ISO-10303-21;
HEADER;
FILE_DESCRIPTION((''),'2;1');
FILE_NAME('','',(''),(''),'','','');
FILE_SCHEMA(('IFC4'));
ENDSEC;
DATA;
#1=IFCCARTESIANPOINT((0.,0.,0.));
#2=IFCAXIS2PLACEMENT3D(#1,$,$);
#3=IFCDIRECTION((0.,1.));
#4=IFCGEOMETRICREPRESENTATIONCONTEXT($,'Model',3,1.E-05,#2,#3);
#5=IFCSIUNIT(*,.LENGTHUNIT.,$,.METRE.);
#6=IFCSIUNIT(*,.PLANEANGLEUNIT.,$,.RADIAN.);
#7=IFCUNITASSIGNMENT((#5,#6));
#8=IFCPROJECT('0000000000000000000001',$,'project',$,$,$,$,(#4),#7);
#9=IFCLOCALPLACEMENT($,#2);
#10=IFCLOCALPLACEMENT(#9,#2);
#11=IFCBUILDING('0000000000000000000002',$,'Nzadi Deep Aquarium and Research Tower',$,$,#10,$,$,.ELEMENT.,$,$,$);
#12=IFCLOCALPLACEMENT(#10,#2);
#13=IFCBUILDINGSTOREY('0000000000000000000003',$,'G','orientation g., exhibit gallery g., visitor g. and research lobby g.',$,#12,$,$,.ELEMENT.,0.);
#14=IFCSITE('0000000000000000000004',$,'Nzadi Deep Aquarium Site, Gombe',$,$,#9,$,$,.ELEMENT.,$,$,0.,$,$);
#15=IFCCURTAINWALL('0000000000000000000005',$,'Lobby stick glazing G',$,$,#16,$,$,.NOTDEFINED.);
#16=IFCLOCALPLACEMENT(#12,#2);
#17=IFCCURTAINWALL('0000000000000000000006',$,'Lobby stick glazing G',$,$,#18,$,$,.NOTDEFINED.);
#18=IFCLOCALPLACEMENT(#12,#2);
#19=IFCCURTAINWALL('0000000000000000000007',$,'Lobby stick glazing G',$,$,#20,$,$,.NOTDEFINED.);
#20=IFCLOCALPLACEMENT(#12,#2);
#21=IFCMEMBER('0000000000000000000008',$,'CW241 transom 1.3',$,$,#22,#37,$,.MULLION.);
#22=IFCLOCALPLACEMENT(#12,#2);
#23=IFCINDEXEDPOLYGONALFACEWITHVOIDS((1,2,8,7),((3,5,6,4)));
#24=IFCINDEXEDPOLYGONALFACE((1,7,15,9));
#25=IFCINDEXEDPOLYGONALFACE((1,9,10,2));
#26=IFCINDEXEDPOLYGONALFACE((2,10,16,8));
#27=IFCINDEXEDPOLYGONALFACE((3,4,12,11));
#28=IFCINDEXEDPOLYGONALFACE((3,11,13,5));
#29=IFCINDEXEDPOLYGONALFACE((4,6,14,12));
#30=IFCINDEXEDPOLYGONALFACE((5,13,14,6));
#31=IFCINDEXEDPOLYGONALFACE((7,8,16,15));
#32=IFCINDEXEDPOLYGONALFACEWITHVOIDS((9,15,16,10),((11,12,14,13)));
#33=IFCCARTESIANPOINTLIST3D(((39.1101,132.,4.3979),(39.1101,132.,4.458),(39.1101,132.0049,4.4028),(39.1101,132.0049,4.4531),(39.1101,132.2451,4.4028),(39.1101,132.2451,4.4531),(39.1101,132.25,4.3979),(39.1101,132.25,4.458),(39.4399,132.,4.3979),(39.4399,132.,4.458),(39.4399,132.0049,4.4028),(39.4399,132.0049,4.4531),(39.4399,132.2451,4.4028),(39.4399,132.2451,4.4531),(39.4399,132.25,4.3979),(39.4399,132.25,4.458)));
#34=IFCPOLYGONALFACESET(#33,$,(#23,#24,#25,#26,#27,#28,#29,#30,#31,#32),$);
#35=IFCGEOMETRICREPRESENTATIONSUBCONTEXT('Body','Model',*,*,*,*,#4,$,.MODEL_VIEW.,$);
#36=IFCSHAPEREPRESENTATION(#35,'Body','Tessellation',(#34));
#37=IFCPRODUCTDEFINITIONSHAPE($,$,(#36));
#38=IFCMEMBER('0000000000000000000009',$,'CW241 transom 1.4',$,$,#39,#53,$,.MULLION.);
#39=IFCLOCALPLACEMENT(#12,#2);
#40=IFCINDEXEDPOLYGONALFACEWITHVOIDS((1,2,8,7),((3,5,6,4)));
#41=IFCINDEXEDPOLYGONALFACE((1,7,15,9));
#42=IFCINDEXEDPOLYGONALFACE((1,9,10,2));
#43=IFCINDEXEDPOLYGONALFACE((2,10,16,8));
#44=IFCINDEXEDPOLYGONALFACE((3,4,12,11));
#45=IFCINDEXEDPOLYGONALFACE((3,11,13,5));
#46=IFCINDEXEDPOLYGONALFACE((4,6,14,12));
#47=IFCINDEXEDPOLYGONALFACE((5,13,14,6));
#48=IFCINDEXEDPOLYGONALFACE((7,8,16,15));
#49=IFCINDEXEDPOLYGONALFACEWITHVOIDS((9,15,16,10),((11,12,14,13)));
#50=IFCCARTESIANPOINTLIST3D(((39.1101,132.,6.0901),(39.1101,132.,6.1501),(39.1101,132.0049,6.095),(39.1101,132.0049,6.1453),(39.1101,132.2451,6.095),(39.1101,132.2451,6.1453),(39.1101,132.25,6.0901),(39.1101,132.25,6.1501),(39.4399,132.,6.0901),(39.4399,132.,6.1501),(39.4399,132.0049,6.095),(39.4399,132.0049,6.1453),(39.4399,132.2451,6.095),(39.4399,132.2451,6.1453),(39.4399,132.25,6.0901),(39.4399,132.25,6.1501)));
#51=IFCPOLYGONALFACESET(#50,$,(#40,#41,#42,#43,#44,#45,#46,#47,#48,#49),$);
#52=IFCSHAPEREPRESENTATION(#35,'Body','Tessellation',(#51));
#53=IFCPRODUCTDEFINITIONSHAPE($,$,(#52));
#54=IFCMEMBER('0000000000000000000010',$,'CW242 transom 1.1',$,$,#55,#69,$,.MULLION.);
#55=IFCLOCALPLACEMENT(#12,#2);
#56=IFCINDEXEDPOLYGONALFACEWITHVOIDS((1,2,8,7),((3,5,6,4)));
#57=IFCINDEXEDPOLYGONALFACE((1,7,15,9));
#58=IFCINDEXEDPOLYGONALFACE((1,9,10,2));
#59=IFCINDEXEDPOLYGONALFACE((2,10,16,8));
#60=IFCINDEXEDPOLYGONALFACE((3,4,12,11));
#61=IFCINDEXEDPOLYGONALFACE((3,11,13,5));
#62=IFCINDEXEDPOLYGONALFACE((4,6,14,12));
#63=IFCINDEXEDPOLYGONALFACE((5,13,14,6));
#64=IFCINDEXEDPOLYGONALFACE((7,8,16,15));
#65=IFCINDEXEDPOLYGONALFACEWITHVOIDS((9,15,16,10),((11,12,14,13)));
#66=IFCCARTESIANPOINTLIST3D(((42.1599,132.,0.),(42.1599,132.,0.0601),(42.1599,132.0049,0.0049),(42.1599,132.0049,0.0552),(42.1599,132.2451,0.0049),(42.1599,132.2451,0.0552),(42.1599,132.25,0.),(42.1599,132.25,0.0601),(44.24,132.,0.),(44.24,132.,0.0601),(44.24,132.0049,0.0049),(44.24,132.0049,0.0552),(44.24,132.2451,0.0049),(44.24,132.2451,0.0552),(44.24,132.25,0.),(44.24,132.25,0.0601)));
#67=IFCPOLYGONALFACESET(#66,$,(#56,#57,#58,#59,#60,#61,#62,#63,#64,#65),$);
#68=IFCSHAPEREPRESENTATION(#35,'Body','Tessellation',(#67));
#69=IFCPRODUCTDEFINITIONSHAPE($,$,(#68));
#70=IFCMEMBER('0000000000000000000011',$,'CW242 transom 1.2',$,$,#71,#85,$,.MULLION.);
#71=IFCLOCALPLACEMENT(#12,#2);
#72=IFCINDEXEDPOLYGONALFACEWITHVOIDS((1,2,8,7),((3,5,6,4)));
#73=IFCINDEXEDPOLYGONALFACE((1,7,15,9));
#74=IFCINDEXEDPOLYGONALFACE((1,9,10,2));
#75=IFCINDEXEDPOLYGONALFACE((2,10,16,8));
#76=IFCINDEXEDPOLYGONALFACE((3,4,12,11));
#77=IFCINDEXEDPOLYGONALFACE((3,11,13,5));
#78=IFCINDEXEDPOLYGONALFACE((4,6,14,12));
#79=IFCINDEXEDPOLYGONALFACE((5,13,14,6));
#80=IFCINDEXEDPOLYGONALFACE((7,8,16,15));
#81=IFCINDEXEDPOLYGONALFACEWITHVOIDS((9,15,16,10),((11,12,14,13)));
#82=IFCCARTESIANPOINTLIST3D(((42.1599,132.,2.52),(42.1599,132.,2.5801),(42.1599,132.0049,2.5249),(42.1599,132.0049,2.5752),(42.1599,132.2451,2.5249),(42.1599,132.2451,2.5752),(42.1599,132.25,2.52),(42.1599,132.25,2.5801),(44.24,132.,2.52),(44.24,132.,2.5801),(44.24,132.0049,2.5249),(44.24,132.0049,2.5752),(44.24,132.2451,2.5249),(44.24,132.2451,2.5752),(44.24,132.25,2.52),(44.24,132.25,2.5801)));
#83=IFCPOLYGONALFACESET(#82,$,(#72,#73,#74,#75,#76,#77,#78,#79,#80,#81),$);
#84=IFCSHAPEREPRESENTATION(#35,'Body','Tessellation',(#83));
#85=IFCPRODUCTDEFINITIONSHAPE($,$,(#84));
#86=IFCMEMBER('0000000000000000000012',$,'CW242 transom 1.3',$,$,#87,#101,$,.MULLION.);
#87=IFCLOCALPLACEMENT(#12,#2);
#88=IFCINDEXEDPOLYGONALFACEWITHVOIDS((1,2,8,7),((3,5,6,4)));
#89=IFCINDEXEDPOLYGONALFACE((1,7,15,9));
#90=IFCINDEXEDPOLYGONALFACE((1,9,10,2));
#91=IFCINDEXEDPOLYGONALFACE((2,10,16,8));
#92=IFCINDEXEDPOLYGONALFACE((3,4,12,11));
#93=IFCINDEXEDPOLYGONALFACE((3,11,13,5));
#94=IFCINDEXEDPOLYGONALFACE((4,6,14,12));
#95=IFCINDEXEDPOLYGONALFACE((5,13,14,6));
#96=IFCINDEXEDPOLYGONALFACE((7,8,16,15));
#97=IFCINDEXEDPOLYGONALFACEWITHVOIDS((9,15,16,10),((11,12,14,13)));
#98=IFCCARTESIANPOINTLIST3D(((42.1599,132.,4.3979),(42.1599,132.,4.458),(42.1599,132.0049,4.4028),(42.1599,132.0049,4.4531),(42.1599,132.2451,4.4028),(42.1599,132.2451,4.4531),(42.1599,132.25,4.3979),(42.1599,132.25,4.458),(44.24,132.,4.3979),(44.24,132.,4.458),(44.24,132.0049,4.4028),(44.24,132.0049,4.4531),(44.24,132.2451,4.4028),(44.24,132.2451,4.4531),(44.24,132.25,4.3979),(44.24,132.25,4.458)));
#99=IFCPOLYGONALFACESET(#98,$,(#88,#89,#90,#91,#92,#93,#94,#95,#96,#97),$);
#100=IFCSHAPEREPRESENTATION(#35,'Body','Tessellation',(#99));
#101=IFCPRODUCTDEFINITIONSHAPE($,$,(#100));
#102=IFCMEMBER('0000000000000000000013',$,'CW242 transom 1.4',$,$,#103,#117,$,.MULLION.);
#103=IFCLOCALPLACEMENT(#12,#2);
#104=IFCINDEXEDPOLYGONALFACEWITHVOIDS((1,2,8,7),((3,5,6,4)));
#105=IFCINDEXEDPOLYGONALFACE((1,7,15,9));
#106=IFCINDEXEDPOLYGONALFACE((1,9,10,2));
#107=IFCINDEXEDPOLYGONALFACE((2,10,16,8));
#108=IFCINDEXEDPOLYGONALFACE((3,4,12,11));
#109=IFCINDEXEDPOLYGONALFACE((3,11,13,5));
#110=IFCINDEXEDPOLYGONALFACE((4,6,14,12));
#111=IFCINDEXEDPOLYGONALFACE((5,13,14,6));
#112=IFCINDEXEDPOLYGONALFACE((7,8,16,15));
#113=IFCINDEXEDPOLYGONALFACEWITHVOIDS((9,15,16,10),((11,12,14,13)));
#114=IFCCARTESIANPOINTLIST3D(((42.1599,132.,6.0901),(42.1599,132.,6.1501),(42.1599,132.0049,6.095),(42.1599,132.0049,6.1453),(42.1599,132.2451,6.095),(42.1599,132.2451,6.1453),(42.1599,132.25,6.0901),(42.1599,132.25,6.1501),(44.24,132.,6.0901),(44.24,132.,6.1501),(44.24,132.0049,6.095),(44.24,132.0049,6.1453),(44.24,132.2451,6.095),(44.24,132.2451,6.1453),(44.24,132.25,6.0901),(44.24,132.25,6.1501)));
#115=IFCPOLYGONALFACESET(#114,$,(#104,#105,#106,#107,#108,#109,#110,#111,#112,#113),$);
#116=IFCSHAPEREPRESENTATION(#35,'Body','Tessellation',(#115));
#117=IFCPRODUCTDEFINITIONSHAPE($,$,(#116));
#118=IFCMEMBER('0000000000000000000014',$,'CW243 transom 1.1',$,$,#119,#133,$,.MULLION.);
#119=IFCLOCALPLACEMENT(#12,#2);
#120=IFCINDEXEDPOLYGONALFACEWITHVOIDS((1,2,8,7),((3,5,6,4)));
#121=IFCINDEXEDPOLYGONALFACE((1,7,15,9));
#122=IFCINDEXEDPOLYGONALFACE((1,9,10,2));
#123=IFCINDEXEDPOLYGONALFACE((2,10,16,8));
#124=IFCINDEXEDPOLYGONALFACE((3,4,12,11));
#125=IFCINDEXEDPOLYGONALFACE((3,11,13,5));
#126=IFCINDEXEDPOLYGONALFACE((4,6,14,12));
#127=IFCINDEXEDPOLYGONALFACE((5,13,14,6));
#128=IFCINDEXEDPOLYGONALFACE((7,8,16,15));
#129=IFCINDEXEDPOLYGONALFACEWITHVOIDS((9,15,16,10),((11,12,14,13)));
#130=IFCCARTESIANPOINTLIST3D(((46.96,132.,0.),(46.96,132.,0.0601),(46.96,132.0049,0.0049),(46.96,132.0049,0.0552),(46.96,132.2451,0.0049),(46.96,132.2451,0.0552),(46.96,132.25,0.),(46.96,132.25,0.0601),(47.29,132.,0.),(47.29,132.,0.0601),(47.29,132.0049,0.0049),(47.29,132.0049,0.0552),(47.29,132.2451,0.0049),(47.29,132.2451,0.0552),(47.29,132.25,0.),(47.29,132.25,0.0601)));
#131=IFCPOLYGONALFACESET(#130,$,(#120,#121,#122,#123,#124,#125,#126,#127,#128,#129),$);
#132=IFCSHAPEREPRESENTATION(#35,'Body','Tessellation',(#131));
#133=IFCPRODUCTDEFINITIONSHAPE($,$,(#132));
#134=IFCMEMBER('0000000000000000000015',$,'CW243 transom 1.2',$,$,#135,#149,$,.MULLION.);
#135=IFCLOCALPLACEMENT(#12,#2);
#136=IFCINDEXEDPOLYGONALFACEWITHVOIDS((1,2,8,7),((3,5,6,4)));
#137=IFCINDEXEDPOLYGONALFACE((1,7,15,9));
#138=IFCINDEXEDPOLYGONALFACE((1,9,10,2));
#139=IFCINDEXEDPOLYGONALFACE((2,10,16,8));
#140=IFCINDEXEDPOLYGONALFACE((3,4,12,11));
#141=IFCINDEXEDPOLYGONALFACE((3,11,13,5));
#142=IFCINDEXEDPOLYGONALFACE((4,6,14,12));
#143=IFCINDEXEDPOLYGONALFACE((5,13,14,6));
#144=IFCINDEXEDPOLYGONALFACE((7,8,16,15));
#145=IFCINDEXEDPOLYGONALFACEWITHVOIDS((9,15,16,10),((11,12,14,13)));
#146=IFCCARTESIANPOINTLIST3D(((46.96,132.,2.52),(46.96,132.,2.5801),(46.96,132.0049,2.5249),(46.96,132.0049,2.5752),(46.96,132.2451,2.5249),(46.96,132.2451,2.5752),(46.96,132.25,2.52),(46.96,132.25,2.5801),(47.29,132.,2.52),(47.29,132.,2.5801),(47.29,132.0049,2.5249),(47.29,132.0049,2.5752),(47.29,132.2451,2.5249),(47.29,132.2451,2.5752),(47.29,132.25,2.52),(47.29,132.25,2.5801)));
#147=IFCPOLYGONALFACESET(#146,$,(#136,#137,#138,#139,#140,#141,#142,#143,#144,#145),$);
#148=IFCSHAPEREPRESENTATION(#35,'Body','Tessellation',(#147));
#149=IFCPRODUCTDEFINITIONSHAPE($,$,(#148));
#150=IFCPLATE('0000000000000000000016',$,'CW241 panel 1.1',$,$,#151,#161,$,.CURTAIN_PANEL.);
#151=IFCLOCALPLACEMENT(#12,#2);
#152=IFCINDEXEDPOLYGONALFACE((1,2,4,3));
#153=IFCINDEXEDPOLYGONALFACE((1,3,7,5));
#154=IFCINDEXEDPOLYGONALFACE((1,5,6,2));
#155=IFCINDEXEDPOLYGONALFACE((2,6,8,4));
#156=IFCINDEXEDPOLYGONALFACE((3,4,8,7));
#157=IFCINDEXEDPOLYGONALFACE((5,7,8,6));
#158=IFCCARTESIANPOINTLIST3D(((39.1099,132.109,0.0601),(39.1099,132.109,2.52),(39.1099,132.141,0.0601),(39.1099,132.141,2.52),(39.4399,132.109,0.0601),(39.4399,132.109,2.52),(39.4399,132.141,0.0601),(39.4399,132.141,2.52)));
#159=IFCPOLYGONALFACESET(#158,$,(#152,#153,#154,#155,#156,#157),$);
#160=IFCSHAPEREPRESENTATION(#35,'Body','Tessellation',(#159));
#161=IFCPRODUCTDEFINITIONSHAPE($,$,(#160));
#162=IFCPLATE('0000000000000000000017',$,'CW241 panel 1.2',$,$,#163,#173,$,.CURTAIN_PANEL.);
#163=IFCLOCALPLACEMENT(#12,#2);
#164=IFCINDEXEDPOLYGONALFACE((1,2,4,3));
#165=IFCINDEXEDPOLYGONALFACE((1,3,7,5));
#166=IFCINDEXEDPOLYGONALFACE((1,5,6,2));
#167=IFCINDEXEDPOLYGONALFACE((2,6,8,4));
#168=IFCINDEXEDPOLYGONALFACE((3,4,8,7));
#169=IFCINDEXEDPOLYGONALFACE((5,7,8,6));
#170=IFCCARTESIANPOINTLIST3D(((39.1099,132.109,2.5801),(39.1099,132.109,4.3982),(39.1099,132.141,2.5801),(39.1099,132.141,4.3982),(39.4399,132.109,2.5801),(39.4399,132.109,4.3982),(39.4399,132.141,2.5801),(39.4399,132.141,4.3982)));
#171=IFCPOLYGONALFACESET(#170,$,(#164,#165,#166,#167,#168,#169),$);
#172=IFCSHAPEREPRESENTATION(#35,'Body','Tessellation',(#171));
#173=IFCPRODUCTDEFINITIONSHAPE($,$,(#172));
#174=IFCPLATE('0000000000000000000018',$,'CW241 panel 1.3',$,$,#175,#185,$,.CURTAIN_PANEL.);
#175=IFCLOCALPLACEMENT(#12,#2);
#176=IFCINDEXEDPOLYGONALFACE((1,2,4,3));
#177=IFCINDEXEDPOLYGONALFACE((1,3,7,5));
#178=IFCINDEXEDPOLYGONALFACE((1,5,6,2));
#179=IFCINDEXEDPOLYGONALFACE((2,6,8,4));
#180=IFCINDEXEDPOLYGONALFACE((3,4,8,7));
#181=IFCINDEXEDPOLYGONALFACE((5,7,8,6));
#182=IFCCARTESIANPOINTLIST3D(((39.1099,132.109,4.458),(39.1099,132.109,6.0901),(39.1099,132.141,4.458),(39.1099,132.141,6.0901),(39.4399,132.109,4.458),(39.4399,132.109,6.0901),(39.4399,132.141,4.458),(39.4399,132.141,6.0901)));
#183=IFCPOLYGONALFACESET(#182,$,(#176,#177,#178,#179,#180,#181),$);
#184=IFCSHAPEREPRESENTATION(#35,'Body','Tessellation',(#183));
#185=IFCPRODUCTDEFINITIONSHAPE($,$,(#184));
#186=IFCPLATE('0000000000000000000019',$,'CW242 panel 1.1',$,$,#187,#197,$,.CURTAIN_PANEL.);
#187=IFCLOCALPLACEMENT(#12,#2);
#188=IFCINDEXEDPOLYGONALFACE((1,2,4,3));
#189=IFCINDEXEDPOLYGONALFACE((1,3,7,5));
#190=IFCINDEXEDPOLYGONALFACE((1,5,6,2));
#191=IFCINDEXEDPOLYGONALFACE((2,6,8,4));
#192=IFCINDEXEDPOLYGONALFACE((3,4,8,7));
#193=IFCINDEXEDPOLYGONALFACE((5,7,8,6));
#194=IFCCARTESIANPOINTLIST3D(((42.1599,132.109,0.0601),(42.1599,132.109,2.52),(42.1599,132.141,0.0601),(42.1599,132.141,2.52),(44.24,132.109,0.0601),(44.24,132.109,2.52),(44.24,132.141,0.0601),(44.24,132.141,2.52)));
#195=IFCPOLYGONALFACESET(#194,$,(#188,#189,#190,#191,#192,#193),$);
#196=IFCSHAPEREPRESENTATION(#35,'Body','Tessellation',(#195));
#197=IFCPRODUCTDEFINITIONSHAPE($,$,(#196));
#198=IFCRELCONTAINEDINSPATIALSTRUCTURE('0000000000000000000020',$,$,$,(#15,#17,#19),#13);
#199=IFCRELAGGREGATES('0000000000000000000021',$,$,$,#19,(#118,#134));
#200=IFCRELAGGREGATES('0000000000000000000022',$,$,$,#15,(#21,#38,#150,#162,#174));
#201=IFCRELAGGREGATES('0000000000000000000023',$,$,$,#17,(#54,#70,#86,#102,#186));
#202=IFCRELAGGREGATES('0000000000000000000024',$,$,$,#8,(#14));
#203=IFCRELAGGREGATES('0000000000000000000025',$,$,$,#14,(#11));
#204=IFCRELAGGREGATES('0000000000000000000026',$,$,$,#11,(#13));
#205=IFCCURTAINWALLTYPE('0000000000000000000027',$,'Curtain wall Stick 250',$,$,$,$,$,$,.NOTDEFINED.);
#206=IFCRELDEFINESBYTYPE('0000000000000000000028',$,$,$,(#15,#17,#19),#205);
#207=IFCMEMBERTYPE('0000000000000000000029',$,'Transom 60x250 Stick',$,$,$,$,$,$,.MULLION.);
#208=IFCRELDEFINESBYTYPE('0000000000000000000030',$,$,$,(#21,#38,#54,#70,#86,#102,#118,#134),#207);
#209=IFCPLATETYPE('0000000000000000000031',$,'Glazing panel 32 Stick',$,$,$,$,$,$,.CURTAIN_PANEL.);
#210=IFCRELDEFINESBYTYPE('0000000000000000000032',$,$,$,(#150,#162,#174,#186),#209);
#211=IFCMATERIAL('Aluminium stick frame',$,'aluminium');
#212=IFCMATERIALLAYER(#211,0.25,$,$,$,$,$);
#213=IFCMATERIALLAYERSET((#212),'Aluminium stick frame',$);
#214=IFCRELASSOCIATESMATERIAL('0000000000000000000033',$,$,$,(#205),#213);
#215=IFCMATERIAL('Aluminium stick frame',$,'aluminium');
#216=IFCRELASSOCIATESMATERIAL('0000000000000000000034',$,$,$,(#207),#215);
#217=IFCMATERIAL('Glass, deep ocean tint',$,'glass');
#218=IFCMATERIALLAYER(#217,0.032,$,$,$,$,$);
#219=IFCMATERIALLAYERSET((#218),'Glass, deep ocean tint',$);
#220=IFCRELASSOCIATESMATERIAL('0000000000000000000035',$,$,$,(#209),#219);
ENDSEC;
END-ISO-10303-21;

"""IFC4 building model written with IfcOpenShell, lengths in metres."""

from ifc_helpers import new_model, si_unit, direction, frame, origin, origin_2d, place, context, subcontext, project, spatial, rectangle, hollow_rectangle, extrude, material, layer, layer_set, material_profile, profile_set, type_object, element, aggregate, save


model = new_model("IFC4")

# Units and contexts
model_context = context("Model", 3, precision=1e-05, world=origin(), true_north=direction((0.0, 1.0)))
body_context = subcontext(model_context, "Body", "Model", "MODEL_VIEW")
ifc_project = project(units=[si_unit("LENGTHUNIT", "METRE"), si_unit("PLANEANGLEUNIT", "RADIAN")], contexts=[model_context])

# Site, building, storey
site_placement = place(None, origin())
site = spatial("IfcSite", under=ifc_project, at=site_placement, Name="Nzadi Deep Aquarium Site, Gombe", CompositionType="ELEMENT", RefElevation=0.0)
building_placement = place(site_placement, origin())
building = spatial("IfcBuilding", under=site, at=building_placement, Name="Nzadi Deep Aquarium and Research Tower", CompositionType="ELEMENT")
storey_placement = place(building_placement, origin())
storey = spatial("IfcBuildingStorey", under=building, at=storey_placement, Name="G", Description="orientation g., exhibit gallery g., visitor g. and research lobby g.", CompositionType="ELEMENT", Elevation=0.0)

# Curtain walls
ifc_material_1 = material(Name="Aluminium stick frame", Category="aluminium")
ifc_layer_1 = layer(ifc_material_1, 0.25)
ifc_layer_set_1 = layer_set([ifc_layer_1], Name="Aluminium stick frame")
curtain_wall_type = type_object("IfcCurtainWallType", Name="Curtain wall Stick 250", PredefinedType="NOTDEFINED", material=ifc_layer_set_1)
curtain_wall_1_placement = place(storey_placement, origin())
curtain_wall_1 = element("IfcCurtainWall", 1, at=curtain_wall_1_placement, inside=storey, type_object=curtain_wall_type, Name="Lobby stick glazing G", PredefinedType="NOTDEFINED")
curtain_wall_2_placement = place(storey_placement, origin())
curtain_wall_2 = element("IfcCurtainWall", 2, at=curtain_wall_2_placement, inside=storey, type_object=curtain_wall_type, Name="Lobby stick glazing G", PredefinedType="NOTDEFINED")

# Curtain wall
curtain_wall_3_placement = place(storey_placement, origin())
curtain_wall_3 = element("IfcCurtainWall", 3, at=curtain_wall_3_placement, inside=storey, type_object=curtain_wall_type, Name="Lobby stick glazing G", PredefinedType="NOTDEFINED")

# Members
ifc_material_2 = material(Name="Aluminium stick frame", Category="aluminium")
ifc_material_profile_1 = material_profile(ifc_material_2, hollow_rectangle(XDim=0.25, YDim=0.0601, WallThickness=0.0049, at=origin_2d()))
ifc_profile_set_1 = profile_set([ifc_material_profile_1], Name="Aluminium stick frame")
member_type_1 = type_object("IfcMemberType", Name="Transom 60x250 Stick", PredefinedType="MULLION", material=ifc_profile_set_1)
member_1_placement = place(storey_placement, frame((39.1101, 132.125, 4.428), z_axis=(1.0, 0.0, 0.0), x_axis=(0.0, 1.0, 0.0)))
member_1 = element("IfcMember", 4, at=member_1_placement, type_object=member_type_1, Name="CW241 transom 1.3", PredefinedType="MULLION", context=body_context, shape_type="SweptSolid", body=[
    extrude(hollow_rectangle(XDim=0.25, YDim=0.0601, WallThickness=0.0049, at=origin_2d()), origin(), (0.0, 0.0, 1.0), 0.3298),
])
member_2_placement = place(storey_placement, frame((39.1101, 132.125, 6.1201), z_axis=(1.0, 0.0, 0.0), x_axis=(0.0, 1.0, 0.0)))
member_2 = element("IfcMember", 5, at=member_2_placement, type_object=member_type_1, Name="CW241 transom 1.4", PredefinedType="MULLION", context=body_context, shape_type="SweptSolid", body=[
    extrude(hollow_rectangle(XDim=0.25, YDim=0.0601, WallThickness=0.0049, at=origin_2d()), origin(), (0.0, 0.0, 1.0), 0.3298),
])
member_3_placement = place(storey_placement, frame((42.1599, 132.125, 0.03), z_axis=(1.0, 0.0, 0.0), x_axis=(0.0, 1.0, 0.0)))
member_3 = element("IfcMember", 6, at=member_3_placement, type_object=member_type_1, Name="CW242 transom 1.1", PredefinedType="MULLION", context=body_context, shape_type="SweptSolid", body=[
    extrude(hollow_rectangle(XDim=0.25, YDim=0.0601, WallThickness=0.0049, at=origin_2d()), origin(), (0.0, 0.0, 1.0), 2.0801),
])
member_4_placement = place(storey_placement, frame((42.1599, 132.125, 2.55), z_axis=(1.0, 0.0, 0.0), x_axis=(0.0, 1.0, 0.0)))
member_4 = element("IfcMember", 7, at=member_4_placement, type_object=member_type_1, Name="CW242 transom 1.2", PredefinedType="MULLION", context=body_context, shape_type="SweptSolid", body=[
    extrude(hollow_rectangle(XDim=0.25, YDim=0.0601, WallThickness=0.0049, at=origin_2d()), origin(), (0.0, 0.0, 1.0), 2.0801),
])
member_5_placement = place(storey_placement, frame((42.1599, 132.125, 4.428), z_axis=(1.0, 0.0, 0.0), x_axis=(0.0, 1.0, 0.0)))
member_5 = element("IfcMember", 8, at=member_5_placement, type_object=member_type_1, Name="CW242 transom 1.3", PredefinedType="MULLION", context=body_context, shape_type="SweptSolid", body=[
    extrude(hollow_rectangle(XDim=0.25, YDim=0.0601, WallThickness=0.0049, at=origin_2d()), origin(), (0.0, 0.0, 1.0), 2.0801),
])
member_6_placement = place(storey_placement, frame((42.1599, 132.125, 6.1201), z_axis=(1.0, 0.0, 0.0), x_axis=(0.0, 1.0, 0.0)))
member_6 = element("IfcMember", 9, at=member_6_placement, type_object=member_type_1, Name="CW242 transom 1.4", PredefinedType="MULLION", context=body_context, shape_type="SweptSolid", body=[
    extrude(hollow_rectangle(XDim=0.25, YDim=0.0601, WallThickness=0.0049, at=origin_2d()), origin(), (0.0, 0.0, 1.0), 2.0801),
])
member_7_placement = place(storey_placement, frame((46.96, 132.125, 0.03), z_axis=(1.0, 0.0, 0.0), x_axis=(0.0, 1.0, 0.0)))
member_7 = element("IfcMember", 10, at=member_7_placement, type_object=member_type_1, Name="CW243 transom 1.1", PredefinedType="MULLION", context=body_context, shape_type="SweptSolid", body=[
    extrude(hollow_rectangle(XDim=0.25, YDim=0.0601, WallThickness=0.0049, at=origin_2d()), origin(), (0.0, 0.0, 1.0), 0.3301),
])
member_8_placement = place(storey_placement, frame((46.96, 132.125, 2.55), z_axis=(1.0, 0.0, 0.0), x_axis=(0.0, 1.0, 0.0)))
member_8 = element("IfcMember", 11, at=member_8_placement, type_object=member_type_1, Name="CW243 transom 1.2", PredefinedType="MULLION", context=body_context, shape_type="SweptSolid", body=[
    extrude(hollow_rectangle(XDim=0.25, YDim=0.0601, WallThickness=0.0049, at=origin_2d()), origin(), (0.0, 0.0, 1.0), 0.3301),
])
aggregate(curtain_wall_3, [member_7, member_8])

# Plates
ifc_material_3 = material(Name="Glass, deep ocean tint", Category="glass")
ifc_layer_2 = layer(ifc_material_3, 0.032)
ifc_layer_set_2 = layer_set([ifc_layer_2], Name="Glass, deep ocean tint")
plate_type = type_object("IfcPlateType", Name="Glazing panel 32 Stick", PredefinedType="CURTAIN_PANEL", material=ifc_layer_set_2)
plate_1_placement = place(storey_placement, frame((39.2749, 132.125, 0.0601), z_axis=(0.0, 0.0, 1.0), x_axis=(1.0, 0.0, 0.0)))
plate_1 = element("IfcPlate", 12, at=plate_1_placement, type_object=plate_type, Name="CW241 panel 1.1", PredefinedType="CURTAIN_PANEL", context=body_context, shape_type="SweptSolid", body=[
    extrude(rectangle(XDim=0.3301, YDim=0.032, at=origin_2d()), origin(), (0.0, 0.0, 1.0), 2.46),
])
plate_2_placement = place(storey_placement, frame((39.2749, 132.125, 2.5801), z_axis=(0.0, 0.0, 1.0), x_axis=(1.0, 0.0, 0.0)))
plate_2 = element("IfcPlate", 13, at=plate_2_placement, type_object=plate_type, Name="CW241 panel 1.2", PredefinedType="CURTAIN_PANEL", context=body_context, shape_type="SweptSolid", body=[
    extrude(rectangle(XDim=0.3301, YDim=0.032, at=origin_2d()), origin(), (0.0, 0.0, 1.0), 1.8181),
])
plate_3_placement = place(storey_placement, frame((39.2749, 132.125, 4.458), z_axis=(0.0, 0.0, 1.0), x_axis=(1.0, 0.0, 0.0)))
plate_3 = element("IfcPlate", 14, at=plate_3_placement, type_object=plate_type, Name="CW241 panel 1.3", PredefinedType="CURTAIN_PANEL", context=body_context, shape_type="SweptSolid", body=[
    extrude(rectangle(XDim=0.3301, YDim=0.032, at=origin_2d()), origin(), (0.0, 0.0, 1.0), 1.6321),
])
aggregate(curtain_wall_1, [member_1, member_2, plate_1, plate_2, plate_3])
plate_4_placement = place(storey_placement, frame((43.2, 132.125, 0.0601), z_axis=(0.0, 0.0, 1.0), x_axis=(1.0, 0.0, 0.0)))
plate_4 = element("IfcPlate", 15, at=plate_4_placement, type_object=plate_type, Name="CW242 panel 1.1", PredefinedType="CURTAIN_PANEL", context=body_context, shape_type="SweptSolid", body=[
    extrude(rectangle(XDim=2.0801, YDim=0.032, at=origin_2d()), origin(), (0.0, 0.0, 1.0), 2.46),
])
aggregate(curtain_wall_2, [member_3, member_4, member_5, member_6, plate_4])

save(model, "model.ifc")
